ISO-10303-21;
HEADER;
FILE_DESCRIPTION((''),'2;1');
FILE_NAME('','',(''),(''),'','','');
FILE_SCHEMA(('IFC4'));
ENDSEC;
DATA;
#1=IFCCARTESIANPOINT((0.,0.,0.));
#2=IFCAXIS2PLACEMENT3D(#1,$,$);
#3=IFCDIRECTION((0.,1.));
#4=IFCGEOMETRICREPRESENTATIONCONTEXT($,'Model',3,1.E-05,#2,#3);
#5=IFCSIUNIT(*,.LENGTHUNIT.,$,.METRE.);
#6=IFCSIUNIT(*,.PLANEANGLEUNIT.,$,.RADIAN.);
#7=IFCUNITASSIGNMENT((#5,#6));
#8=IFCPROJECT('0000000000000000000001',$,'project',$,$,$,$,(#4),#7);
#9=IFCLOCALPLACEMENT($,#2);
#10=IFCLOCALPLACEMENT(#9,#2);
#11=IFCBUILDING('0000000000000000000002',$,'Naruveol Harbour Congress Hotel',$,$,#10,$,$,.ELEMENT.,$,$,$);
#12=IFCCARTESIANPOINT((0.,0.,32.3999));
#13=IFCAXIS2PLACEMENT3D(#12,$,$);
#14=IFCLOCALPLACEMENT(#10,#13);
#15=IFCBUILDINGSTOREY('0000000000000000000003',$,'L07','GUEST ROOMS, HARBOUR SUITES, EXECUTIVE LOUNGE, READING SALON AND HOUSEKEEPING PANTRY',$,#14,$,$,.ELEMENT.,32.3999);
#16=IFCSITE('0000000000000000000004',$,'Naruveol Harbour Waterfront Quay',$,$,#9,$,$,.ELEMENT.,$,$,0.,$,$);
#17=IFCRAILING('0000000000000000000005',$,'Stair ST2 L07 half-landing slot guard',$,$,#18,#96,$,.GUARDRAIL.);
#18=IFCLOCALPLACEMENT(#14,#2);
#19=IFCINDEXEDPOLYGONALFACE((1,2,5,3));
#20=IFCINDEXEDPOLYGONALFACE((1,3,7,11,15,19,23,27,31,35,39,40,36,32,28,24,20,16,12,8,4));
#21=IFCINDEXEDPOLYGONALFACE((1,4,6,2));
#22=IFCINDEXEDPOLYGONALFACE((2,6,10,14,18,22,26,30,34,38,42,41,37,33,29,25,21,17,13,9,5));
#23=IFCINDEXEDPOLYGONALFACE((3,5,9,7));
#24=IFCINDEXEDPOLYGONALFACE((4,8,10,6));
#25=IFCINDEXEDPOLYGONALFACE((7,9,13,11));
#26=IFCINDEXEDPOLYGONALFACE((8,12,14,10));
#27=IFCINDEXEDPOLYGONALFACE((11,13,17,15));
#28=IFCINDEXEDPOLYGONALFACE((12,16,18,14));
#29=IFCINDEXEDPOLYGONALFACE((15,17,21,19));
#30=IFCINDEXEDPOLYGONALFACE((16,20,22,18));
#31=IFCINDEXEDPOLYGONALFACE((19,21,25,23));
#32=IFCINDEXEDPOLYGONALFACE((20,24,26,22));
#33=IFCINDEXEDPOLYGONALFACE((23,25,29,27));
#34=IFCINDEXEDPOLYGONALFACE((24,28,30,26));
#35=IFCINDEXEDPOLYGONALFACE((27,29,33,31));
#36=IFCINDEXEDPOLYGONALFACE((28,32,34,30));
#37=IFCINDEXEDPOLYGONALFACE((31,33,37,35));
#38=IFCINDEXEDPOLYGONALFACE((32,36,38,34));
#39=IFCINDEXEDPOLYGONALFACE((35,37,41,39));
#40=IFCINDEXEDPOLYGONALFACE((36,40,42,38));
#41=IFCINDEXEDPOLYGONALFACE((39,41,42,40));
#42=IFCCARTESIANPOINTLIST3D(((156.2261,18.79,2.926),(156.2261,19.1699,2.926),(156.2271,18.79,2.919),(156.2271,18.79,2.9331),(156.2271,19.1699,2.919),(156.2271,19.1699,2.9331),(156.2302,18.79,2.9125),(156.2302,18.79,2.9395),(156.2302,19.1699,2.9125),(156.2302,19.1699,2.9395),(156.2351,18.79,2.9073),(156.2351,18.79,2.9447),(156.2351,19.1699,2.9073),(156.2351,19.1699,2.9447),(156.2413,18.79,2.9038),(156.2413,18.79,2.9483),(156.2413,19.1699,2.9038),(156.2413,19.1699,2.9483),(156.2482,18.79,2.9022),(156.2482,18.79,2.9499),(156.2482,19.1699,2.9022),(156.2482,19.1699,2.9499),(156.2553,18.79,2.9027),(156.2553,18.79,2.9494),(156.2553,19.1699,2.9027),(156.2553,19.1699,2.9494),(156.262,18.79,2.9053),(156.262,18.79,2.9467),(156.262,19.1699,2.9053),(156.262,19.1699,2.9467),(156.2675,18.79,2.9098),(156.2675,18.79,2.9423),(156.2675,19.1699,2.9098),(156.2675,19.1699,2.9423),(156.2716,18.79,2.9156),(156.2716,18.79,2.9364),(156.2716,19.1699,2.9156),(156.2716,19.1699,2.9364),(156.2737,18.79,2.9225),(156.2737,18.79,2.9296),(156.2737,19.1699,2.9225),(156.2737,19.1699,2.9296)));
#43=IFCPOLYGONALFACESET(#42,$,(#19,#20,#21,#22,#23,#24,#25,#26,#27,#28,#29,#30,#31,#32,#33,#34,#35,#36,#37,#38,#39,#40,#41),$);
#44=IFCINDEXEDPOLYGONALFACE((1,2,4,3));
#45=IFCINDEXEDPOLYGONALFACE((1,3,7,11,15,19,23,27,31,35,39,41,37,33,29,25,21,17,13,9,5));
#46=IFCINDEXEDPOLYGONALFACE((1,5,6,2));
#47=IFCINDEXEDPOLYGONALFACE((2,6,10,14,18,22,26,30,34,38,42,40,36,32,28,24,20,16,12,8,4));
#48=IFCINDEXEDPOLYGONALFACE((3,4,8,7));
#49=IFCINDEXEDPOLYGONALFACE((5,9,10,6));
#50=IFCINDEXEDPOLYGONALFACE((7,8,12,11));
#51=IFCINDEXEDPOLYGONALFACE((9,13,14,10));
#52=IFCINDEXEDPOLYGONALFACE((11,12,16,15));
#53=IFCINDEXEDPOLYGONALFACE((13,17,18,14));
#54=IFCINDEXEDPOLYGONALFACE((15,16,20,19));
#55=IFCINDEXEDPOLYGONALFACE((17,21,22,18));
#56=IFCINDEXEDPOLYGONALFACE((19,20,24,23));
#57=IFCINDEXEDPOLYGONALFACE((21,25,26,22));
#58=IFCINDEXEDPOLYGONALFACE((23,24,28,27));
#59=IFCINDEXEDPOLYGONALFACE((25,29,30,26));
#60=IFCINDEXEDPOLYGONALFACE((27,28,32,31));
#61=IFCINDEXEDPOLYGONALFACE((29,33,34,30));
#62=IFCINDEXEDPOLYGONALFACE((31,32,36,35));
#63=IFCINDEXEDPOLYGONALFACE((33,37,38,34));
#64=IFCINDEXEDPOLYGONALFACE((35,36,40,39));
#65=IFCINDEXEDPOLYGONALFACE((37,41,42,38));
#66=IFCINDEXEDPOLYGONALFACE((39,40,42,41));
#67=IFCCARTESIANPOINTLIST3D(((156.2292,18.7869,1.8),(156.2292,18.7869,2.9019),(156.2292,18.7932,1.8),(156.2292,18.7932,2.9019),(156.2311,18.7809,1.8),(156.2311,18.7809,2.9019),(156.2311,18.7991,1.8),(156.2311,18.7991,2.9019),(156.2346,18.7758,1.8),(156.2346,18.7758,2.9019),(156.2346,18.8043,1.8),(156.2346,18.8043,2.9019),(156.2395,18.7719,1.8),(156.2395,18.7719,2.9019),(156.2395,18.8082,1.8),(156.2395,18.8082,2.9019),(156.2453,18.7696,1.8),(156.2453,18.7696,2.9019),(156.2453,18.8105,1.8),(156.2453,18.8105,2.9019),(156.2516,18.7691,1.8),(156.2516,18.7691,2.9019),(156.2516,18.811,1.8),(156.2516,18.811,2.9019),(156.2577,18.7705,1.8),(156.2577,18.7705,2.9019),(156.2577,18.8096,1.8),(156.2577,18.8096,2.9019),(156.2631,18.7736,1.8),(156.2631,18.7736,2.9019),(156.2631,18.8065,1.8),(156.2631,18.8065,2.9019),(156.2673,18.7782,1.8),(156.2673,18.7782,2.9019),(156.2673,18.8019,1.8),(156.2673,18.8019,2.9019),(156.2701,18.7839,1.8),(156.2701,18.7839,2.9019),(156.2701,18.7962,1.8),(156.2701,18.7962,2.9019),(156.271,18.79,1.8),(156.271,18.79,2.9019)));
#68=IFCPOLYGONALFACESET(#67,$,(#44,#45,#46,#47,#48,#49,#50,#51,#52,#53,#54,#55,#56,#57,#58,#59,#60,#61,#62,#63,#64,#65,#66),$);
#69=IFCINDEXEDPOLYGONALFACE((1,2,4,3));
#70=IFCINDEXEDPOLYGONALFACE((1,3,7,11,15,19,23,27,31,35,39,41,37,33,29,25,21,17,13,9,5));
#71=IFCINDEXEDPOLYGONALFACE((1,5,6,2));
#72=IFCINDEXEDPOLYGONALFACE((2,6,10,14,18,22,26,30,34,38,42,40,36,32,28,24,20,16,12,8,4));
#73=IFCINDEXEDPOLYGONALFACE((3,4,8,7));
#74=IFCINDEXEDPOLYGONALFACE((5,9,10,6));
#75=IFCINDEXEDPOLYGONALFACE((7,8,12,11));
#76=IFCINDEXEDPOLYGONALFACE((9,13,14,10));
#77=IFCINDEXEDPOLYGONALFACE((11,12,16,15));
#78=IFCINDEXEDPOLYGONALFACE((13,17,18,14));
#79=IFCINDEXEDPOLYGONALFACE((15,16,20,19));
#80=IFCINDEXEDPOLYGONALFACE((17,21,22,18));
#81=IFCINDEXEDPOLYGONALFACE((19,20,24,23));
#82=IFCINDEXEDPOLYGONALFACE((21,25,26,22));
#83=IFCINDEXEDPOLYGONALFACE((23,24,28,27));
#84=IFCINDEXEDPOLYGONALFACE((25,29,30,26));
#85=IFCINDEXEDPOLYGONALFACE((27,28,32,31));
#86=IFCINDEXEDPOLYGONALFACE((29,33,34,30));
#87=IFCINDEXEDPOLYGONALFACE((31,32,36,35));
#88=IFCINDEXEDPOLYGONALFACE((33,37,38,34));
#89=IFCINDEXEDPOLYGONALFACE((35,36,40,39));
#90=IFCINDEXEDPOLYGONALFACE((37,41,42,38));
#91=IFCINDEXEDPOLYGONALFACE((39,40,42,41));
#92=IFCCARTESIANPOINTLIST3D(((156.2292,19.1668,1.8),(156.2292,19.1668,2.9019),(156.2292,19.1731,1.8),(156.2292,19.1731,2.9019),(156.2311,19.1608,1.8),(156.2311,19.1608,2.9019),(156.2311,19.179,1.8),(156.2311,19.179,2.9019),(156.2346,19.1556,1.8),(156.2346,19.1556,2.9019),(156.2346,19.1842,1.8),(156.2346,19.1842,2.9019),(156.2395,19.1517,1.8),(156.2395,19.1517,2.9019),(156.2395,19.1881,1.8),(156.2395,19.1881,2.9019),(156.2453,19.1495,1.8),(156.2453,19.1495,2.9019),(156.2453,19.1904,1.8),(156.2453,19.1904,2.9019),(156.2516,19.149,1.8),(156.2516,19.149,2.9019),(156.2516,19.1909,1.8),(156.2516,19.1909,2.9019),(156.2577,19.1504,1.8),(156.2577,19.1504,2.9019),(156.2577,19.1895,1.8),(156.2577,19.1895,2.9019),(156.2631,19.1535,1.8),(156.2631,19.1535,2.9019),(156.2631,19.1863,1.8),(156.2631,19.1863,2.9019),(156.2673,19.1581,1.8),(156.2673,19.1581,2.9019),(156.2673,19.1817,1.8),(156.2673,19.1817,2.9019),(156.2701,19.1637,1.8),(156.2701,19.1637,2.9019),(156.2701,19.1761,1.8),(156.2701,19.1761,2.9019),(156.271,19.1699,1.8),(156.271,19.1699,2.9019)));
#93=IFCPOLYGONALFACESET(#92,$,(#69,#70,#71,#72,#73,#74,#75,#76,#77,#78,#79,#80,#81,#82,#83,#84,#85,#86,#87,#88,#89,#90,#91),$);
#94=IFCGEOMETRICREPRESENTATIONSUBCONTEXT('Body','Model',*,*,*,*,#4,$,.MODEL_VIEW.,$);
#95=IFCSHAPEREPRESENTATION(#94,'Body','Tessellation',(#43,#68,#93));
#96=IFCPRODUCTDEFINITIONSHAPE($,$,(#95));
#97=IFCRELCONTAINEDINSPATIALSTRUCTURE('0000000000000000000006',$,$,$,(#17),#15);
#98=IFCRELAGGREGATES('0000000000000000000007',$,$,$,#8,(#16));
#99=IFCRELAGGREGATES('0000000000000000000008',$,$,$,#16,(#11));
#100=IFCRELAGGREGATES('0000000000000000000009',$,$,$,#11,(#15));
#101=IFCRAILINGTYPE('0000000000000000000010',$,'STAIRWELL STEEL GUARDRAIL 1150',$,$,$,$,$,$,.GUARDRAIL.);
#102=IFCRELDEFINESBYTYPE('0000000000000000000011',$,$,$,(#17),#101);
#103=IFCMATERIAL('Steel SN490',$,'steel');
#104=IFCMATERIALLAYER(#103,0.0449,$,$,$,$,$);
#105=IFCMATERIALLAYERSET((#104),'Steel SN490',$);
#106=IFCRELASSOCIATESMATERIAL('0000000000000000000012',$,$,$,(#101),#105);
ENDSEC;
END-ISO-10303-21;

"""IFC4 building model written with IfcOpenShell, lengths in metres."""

from ifc_helpers import new_model, si_unit, direction, frame, origin, origin_2d, place, context, subcontext, project, spatial, circle, extrude, material, layer, layer_set, type_object, element, save


model = new_model("IFC4")

# Units and contexts
model_context = context("Model", 3, precision=1e-05, world=origin(), true_north=direction((0.0, 1.0)))
body_context = subcontext(model_context, "Body", "Model", "MODEL_VIEW")
ifc_project = project(units=[si_unit("LENGTHUNIT", "METRE"), si_unit("PLANEANGLEUNIT", "RADIAN")], contexts=[model_context])

# Site, building, storey
site_placement = place(None, origin())
site = spatial("IfcSite", under=ifc_project, at=site_placement, Name="Naruveol Harbour Waterfront Quay", CompositionType="ELEMENT", RefElevation=0.0)
building_placement = place(site_placement, origin())
building = spatial("IfcBuilding", under=site, at=building_placement, Name="Naruveol Harbour Congress Hotel", CompositionType="ELEMENT")
storey_placement = place(building_placement, frame((0.0, 0.0, 32.3999)))
storey = spatial("IfcBuildingStorey", under=building, at=storey_placement, Name="L07", Description="GUEST ROOMS, HARBOUR SUITES, EXECUTIVE LOUNGE, READING SALON AND HOUSEKEEPING PANTRY", CompositionType="ELEMENT", Elevation=32.3999)

# Railing
ifc_material_1 = material(Name="Steel SN490", Category="steel")
ifc_layer_1 = layer(ifc_material_1, 0.0449)
ifc_layer_set_1 = layer_set([ifc_layer_1], Name="Steel SN490")
railing_type_1 = type_object("IfcRailingType", Name="STAIRWELL STEEL GUARDRAIL 1150", PredefinedType="GUARDRAIL", material=ifc_layer_set_1)
railing_1_placement = place(storey_placement, frame((156.25, 18.79, 1.8)))
element("IfcRailing", 1, at=railing_1_placement, inside=storey, type_object=railing_type_1, Name="Stair ST2 L07 half-landing slot guard", PredefinedType="GUARDRAIL", context=body_context, shape_type="SweptSolid", body=[
    extrude(circle(Radius=0.0239, at=origin_2d()), frame((0.0, 0.0, 1.126), z_axis=(0.0, 1.0, 0.0), x_axis=(-1.0, 0.0, 0.0)), (0.0, 0.0, 1.0), 0.3799),
    extrude(circle(Radius=0.021, at=origin_2d()), origin(), (0.0, 0.0, 1.0), 1.1018),
    extrude(circle(Radius=0.021, at=origin_2d()), frame((0.0, 0.3799, 0.0)), (0.0, 0.0, 1.0), 1.1018),
])

save(model, "model.ifc")
